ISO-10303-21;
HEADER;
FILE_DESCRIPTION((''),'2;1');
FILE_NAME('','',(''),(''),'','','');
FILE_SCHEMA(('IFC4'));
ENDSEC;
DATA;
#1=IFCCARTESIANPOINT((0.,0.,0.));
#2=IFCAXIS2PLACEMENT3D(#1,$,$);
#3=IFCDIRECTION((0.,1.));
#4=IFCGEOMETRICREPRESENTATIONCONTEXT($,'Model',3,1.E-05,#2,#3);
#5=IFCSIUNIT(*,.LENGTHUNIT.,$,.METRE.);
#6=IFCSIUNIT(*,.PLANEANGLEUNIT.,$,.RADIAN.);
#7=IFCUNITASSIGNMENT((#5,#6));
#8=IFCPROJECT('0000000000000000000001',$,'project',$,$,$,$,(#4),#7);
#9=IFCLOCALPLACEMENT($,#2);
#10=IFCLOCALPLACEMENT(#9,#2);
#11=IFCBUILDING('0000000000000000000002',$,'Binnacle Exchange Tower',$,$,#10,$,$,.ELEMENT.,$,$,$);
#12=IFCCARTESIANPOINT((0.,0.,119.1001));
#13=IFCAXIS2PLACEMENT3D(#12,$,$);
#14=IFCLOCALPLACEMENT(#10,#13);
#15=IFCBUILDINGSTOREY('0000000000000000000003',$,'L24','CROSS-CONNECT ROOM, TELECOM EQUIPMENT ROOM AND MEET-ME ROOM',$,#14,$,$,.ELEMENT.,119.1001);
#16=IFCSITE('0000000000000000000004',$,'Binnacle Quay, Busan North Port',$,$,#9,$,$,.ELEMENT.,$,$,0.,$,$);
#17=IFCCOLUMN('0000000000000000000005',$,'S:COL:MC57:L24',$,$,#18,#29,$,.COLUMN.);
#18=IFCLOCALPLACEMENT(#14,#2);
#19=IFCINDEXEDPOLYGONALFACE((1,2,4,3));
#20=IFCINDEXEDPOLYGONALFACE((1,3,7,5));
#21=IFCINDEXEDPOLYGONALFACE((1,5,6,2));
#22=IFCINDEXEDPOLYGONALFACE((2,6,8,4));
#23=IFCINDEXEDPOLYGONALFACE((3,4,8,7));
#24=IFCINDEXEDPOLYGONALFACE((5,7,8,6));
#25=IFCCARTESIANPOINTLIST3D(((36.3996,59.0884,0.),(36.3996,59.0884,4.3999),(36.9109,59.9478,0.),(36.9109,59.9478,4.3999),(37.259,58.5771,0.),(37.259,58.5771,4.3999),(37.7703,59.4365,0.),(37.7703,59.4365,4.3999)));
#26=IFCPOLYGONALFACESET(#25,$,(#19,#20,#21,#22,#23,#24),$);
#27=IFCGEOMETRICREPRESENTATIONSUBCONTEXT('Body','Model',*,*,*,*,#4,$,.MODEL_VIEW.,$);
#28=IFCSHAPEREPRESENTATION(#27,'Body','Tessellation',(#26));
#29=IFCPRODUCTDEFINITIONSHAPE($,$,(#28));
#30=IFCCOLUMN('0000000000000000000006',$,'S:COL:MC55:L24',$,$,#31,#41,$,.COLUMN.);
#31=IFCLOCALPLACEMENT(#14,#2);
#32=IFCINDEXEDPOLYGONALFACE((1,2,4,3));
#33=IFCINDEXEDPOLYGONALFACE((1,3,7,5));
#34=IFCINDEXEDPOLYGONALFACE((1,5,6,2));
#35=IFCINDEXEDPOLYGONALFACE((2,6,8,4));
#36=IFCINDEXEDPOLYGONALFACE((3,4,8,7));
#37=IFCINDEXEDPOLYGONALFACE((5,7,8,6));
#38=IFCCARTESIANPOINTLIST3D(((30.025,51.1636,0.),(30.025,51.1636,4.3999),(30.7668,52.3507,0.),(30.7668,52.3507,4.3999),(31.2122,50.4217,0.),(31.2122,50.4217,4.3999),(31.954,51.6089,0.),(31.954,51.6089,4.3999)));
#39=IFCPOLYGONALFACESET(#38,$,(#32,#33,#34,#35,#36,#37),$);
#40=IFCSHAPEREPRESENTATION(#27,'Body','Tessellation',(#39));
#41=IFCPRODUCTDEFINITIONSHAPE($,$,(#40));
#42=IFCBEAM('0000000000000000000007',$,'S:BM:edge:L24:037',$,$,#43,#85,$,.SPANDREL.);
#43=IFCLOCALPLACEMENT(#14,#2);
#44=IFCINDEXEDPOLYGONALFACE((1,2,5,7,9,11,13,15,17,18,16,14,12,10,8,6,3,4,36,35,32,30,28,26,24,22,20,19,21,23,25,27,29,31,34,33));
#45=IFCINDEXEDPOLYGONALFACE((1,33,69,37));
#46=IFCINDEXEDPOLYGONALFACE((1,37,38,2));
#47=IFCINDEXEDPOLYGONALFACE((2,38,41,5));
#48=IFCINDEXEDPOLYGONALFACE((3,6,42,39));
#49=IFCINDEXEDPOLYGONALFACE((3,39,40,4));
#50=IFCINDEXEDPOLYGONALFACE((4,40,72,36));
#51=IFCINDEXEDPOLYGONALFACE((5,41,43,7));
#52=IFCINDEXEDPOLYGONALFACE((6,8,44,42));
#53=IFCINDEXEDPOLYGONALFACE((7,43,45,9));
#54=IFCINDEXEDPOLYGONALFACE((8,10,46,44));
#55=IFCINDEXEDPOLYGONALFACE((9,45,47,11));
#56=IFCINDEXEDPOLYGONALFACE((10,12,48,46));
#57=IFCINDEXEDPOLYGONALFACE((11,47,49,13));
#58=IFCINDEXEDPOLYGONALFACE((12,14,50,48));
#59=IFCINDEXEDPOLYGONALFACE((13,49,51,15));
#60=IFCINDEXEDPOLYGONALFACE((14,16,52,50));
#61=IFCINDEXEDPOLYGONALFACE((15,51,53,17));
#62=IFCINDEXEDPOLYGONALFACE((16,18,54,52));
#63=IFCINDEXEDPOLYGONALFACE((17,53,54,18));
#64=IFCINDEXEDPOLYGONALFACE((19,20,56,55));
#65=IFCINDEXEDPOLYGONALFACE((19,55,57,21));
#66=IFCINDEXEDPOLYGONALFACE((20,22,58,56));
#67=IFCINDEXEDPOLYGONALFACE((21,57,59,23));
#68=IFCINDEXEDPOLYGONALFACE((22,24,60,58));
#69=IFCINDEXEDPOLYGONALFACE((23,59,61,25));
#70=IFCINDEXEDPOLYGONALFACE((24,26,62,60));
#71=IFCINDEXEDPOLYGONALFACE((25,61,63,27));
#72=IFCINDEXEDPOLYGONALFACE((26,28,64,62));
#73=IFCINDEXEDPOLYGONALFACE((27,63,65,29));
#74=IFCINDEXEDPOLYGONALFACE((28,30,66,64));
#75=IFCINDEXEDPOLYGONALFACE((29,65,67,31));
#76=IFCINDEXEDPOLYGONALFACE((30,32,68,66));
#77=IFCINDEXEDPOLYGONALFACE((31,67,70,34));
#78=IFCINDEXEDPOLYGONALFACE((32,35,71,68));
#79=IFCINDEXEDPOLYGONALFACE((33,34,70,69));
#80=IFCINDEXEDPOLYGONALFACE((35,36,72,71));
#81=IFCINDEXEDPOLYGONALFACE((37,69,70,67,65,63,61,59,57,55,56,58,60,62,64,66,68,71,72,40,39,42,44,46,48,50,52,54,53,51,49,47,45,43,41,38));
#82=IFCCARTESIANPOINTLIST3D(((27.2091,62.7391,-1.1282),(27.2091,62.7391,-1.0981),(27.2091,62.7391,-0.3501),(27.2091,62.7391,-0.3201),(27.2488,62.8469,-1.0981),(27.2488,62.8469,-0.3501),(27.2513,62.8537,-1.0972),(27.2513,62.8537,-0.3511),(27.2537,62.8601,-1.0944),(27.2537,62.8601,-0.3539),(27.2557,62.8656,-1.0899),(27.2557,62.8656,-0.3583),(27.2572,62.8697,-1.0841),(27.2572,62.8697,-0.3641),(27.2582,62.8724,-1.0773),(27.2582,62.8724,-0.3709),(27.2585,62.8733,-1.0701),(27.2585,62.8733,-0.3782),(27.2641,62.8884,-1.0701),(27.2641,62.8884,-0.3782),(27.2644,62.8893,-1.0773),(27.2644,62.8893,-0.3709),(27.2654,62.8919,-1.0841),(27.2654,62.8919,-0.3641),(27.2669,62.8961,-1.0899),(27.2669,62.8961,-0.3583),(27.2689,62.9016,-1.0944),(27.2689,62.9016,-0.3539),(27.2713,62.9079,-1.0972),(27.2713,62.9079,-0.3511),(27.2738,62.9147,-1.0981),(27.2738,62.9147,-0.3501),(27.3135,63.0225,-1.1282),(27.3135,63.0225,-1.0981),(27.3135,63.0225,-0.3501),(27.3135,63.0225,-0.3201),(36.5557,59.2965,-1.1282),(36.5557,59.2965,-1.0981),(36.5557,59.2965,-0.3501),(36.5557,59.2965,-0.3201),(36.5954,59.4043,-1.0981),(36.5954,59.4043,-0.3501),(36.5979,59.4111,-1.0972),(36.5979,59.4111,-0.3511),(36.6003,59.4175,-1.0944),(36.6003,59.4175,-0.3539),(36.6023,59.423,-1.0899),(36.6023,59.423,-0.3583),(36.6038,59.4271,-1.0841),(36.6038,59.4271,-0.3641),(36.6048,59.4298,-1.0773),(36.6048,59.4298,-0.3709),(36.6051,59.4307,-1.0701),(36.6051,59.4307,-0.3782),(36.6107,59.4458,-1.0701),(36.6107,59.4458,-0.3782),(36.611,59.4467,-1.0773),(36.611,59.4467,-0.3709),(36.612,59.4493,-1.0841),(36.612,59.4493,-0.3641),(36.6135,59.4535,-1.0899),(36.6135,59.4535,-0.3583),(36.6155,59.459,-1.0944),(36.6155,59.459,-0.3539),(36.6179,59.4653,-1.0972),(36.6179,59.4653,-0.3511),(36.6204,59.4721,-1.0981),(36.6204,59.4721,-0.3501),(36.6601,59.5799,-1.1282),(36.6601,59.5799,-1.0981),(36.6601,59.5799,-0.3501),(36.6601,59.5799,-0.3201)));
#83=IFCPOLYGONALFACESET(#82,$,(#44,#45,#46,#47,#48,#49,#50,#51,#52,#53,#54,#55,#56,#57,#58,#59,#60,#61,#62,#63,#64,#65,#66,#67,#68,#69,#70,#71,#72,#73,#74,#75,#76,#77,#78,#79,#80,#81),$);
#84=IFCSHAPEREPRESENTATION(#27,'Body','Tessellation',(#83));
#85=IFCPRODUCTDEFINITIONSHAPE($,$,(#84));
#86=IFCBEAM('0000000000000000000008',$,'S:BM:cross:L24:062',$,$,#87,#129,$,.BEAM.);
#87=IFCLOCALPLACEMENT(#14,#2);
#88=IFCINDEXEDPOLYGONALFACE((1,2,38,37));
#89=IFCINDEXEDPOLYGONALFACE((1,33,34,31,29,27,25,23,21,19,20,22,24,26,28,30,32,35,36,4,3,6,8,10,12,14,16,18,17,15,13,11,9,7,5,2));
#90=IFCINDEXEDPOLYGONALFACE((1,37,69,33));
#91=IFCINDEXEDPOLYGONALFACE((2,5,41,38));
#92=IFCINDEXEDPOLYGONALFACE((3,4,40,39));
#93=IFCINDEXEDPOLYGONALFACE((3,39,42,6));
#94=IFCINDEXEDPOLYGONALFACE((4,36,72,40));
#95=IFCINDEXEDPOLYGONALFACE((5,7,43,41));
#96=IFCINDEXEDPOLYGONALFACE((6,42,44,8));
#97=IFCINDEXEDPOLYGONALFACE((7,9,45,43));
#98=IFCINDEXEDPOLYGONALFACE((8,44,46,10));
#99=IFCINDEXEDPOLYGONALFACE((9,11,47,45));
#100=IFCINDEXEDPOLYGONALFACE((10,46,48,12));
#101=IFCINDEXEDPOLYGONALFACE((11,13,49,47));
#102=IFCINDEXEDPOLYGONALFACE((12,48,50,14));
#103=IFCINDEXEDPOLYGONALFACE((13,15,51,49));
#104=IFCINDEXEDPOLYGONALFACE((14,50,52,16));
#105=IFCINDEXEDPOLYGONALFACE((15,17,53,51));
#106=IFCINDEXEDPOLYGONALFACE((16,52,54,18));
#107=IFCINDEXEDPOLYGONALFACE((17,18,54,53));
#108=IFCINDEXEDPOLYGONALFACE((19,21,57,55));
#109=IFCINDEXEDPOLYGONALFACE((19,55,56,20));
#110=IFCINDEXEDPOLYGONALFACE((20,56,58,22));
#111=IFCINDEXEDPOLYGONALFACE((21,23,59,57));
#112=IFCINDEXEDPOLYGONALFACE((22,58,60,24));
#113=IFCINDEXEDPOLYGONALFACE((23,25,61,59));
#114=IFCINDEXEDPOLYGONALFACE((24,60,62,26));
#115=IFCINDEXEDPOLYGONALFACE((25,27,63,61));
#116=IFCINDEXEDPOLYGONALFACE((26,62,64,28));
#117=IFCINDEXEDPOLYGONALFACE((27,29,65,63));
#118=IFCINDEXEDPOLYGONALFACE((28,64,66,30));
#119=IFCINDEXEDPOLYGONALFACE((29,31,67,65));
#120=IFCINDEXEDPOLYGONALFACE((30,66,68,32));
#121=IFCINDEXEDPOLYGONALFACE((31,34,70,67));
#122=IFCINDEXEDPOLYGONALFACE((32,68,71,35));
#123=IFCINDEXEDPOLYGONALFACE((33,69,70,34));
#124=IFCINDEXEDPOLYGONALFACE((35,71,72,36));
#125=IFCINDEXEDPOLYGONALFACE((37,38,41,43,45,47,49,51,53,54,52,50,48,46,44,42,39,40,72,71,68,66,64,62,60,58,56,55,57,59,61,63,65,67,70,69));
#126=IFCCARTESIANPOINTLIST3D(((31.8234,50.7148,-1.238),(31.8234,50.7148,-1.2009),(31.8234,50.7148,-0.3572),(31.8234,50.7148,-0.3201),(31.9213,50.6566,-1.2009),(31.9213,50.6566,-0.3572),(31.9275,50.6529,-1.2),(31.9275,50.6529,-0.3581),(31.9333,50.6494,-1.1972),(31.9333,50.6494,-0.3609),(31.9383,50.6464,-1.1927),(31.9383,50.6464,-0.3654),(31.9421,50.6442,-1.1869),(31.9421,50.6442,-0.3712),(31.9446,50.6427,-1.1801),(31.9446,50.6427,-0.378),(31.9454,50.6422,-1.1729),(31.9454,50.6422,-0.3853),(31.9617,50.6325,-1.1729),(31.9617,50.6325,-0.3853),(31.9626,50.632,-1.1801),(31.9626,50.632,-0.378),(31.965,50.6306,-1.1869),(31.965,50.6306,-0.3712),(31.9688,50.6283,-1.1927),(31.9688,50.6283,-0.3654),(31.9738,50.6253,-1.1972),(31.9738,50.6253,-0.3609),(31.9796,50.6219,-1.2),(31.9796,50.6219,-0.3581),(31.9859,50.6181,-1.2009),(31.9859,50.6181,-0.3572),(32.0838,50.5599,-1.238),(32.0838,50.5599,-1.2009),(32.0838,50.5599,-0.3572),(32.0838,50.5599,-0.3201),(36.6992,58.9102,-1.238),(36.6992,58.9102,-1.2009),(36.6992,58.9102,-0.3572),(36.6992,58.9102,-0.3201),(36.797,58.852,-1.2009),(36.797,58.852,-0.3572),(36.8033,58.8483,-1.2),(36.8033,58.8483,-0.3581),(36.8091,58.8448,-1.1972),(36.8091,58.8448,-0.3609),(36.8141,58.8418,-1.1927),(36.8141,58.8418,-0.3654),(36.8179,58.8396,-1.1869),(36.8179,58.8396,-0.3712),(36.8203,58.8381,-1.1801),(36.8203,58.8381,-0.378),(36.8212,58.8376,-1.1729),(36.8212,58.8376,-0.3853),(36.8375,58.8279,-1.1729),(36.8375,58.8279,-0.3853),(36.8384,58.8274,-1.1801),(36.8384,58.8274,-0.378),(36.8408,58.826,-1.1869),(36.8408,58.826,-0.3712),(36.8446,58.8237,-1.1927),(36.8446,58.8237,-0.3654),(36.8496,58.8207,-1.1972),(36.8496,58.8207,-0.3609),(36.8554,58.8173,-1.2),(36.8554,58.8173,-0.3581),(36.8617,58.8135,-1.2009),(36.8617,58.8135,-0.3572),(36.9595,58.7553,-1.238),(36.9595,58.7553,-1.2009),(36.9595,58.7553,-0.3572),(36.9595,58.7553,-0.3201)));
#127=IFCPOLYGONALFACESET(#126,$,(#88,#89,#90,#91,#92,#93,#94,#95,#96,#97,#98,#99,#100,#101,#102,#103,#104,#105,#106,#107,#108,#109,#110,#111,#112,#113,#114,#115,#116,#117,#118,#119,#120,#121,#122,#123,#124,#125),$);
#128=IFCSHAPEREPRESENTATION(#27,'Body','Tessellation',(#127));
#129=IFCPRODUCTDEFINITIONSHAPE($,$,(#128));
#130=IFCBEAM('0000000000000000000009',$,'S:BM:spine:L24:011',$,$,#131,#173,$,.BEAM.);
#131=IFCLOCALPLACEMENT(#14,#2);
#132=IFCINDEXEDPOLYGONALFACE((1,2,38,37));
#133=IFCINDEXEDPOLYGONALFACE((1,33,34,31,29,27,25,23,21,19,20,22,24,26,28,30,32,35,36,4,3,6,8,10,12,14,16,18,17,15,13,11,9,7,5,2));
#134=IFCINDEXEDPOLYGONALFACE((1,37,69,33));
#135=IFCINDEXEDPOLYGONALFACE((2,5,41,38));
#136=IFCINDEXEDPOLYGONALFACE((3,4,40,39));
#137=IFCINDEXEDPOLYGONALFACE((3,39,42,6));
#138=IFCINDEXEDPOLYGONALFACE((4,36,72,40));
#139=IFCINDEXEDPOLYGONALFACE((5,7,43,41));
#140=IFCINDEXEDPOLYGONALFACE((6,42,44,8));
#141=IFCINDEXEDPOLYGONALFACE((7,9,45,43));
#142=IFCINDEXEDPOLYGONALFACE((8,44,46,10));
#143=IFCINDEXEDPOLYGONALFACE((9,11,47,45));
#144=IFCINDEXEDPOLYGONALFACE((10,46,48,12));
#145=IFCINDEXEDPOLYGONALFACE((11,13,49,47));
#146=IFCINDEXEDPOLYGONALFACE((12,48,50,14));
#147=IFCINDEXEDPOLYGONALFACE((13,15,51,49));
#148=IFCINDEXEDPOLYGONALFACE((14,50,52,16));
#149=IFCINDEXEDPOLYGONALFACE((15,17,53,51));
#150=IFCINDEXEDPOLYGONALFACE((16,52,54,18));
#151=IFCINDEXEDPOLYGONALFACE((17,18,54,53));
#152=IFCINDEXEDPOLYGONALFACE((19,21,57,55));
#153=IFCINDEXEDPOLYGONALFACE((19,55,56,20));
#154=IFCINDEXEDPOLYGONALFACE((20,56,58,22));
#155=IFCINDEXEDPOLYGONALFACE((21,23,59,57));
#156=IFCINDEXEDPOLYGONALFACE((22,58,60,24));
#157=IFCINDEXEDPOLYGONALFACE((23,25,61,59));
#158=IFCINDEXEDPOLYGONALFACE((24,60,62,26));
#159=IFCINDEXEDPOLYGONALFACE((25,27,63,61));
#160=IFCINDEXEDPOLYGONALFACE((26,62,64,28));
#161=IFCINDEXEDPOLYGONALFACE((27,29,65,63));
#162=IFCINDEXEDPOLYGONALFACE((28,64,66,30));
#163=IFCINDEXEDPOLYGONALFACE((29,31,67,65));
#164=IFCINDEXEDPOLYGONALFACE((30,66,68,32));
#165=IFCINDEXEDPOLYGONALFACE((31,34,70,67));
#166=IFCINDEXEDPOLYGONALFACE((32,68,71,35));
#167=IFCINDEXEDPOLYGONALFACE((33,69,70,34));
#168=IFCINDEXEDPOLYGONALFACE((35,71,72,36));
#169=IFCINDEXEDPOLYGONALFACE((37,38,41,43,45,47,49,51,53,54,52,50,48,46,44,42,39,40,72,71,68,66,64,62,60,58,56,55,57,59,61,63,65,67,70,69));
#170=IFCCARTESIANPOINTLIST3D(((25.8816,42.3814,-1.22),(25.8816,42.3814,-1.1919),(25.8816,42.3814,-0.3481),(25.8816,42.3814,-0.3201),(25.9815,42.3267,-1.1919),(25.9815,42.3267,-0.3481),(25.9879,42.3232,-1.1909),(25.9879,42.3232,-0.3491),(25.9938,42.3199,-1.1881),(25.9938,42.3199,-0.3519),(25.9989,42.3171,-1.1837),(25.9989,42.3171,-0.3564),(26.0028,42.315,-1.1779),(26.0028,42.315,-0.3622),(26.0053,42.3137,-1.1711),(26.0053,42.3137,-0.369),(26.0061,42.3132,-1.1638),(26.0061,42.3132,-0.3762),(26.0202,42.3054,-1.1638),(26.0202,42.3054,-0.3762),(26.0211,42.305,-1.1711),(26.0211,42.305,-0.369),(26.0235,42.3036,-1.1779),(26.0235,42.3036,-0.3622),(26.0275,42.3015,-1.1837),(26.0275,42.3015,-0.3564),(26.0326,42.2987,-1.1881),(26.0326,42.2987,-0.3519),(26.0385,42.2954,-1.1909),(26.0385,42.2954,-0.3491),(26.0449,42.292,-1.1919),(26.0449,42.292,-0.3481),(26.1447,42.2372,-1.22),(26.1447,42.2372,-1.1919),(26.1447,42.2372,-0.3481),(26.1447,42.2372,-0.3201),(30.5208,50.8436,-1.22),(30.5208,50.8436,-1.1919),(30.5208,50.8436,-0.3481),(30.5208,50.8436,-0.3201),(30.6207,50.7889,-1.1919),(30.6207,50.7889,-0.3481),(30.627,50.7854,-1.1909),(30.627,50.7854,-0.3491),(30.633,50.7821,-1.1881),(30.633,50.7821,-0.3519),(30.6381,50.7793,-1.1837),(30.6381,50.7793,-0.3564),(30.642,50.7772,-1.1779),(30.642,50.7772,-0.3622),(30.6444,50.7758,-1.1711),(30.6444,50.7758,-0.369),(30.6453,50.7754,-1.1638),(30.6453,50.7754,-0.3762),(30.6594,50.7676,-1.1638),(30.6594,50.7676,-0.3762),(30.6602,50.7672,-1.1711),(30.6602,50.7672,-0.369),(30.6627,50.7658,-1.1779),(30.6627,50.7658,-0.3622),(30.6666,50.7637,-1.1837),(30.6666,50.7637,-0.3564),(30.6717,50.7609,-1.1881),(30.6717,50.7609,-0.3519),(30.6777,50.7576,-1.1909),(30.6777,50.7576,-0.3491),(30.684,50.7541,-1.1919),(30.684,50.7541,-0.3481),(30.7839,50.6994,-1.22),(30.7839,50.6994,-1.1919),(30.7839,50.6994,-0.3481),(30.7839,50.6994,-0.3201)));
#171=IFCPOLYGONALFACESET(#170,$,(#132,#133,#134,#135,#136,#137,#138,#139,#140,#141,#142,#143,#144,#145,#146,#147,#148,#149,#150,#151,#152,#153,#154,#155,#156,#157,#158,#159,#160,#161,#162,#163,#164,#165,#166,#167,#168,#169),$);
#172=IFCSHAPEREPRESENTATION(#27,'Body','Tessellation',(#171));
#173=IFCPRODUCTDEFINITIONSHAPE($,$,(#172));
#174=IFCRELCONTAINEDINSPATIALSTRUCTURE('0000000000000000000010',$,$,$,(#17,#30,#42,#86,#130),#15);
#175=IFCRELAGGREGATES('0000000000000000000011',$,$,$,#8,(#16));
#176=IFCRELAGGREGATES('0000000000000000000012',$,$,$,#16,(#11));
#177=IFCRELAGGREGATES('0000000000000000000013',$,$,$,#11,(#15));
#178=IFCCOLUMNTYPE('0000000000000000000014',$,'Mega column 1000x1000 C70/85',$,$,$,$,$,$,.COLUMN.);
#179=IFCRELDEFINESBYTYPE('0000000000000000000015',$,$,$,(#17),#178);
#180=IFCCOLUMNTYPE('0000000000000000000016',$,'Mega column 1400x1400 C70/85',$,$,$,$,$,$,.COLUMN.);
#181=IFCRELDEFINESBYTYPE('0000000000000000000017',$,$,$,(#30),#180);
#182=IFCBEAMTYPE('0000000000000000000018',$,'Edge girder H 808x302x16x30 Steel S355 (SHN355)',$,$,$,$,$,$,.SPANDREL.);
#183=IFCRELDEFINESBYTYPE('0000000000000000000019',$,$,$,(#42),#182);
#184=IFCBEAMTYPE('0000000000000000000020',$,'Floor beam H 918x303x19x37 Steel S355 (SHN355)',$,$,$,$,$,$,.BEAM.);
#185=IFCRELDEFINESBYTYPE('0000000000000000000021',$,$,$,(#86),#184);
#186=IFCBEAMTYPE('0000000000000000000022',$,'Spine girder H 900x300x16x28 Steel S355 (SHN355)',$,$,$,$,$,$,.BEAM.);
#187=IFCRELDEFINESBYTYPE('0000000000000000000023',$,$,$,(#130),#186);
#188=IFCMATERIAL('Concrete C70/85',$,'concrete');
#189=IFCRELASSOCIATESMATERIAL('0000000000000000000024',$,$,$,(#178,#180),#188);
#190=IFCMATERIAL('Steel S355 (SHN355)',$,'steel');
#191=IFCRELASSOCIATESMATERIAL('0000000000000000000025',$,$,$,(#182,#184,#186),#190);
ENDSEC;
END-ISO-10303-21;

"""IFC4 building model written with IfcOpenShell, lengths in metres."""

from ifc_helpers import new_model, si_unit, direction, frame, origin, origin_2d, place, context, subcontext, project, spatial, rectangle, i_section, extrude, material, material_profile, profile_set, type_object, element, save


model = new_model("IFC4")

# Units and contexts
model_context = context("Model", 3, precision=1e-05, world=origin(), true_north=direction((0.0, 1.0)))
body_context = subcontext(model_context, "Body", "Model", "MODEL_VIEW")
ifc_project = project(units=[si_unit("LENGTHUNIT", "METRE"), si_unit("PLANEANGLEUNIT", "RADIAN")], contexts=[model_context])

# Site, building, storey
site_placement = place(None, origin())
site = spatial("IfcSite", under=ifc_project, at=site_placement, Name="Binnacle Quay, Busan North Port", CompositionType="ELEMENT", RefElevation=0.0)
building_placement = place(site_placement, origin())
building = spatial("IfcBuilding", under=site, at=building_placement, Name="Binnacle Exchange Tower", CompositionType="ELEMENT")
storey_placement = place(building_placement, frame((0.0, 0.0, 119.1001)))
storey = spatial("IfcBuildingStorey", under=building, at=storey_placement, Name="L24", Description="CROSS-CONNECT ROOM, TELECOM EQUIPMENT ROOM AND MEET-ME ROOM", CompositionType="ELEMENT", Elevation=119.1001)

# Columns
ifc_material_1 = material(Name="Concrete C70/85", Category="concrete")
ifc_material_profile_1 = material_profile(ifc_material_1, rectangle(XDim=1.0, YDim=1.0, at=origin_2d()), Name="Mega column 1000x1000 C70/85")
ifc_profile_set_1 = profile_set([ifc_material_profile_1], Name="Concrete C70/85")
column_type_1 = type_object("IfcColumnType", Name="Mega column 1000x1000 C70/85", PredefinedType="COLUMN", material=ifc_profile_set_1)
column_1_placement = place(storey_placement, frame((37.085, 59.2625, 0.0), z_axis=(0.0, 0.0, 1.0), x_axis=(-0.859406, 0.511293, 0.0)))
element("IfcColumn", 1, at=column_1_placement, inside=storey, type_object=column_type_1, Name="S:COL:MC57:L24", PredefinedType="COLUMN", context=body_context, shape_type="SweptSolid", body=[
    extrude(rectangle(XDim=1.0, YDim=1.0, at=origin_2d()), origin(), (0.0, 0.0, 1.0), 4.3999),
])
ifc_material_profile_2 = material_profile(ifc_material_1, rectangle(XDim=1.3999, YDim=1.3999, at=origin_2d()), Name="Mega column 1400x1400 C70/85")
ifc_profile_set_2 = profile_set([ifc_material_profile_2], Name="Concrete C70/85")
column_type_2 = type_object("IfcColumnType", Name="Mega column 1400x1400 C70/85", PredefinedType="COLUMN", material=ifc_profile_set_2)
column_2_placement = place(storey_placement, frame((30.9895, 51.3862, 0.0), z_axis=(0.0, 0.0, 1.0), x_axis=(0.529919, 0.848048, 0.0)))
element("IfcColumn", 2, at=column_2_placement, inside=storey, type_object=column_type_2, Name="S:COL:MC55:L24", PredefinedType="COLUMN", context=body_context, shape_type="SweptSolid", body=[
    extrude(rectangle(XDim=1.3999, YDim=1.3999, at=origin_2d()), origin(), (0.0, 0.0, 1.0), 4.3999),
])

# Beams
ifc_material_2 = material(Name="Steel S355 (SHN355)", Category="steel")
ifc_material_profile_3 = material_profile(ifc_material_2, i_section(OverallWidth=0.302, OverallDepth=0.8081, WebThickness=0.0161, FlangeThickness=0.03, FilletRadius=0.0281, at=origin_2d()), Name="H 808x302x16x30")
ifc_profile_set_3 = profile_set([ifc_material_profile_3], Name="Steel S355 (SHN355)")
beam_type_1 = type_object("IfcBeamType", Name="Edge girder H 808x302x16x30 Steel S355 (SHN355)", PredefinedType="SPANDREL", material=ifc_profile_set_3)
beam_1_placement = place(storey_placement, frame((36.6079, 59.4382, -0.7241), z_axis=(-0.938372, 0.345627, 0.0), x_axis=(-0.345627, -0.938372, 0.0)))
element("IfcBeam", 3, at=beam_1_placement, inside=storey, type_object=beam_type_1, Name="S:BM:edge:L24:037", PredefinedType="SPANDREL", context=body_context, shape_type="SweptSolid", body=[
    extrude(i_section(OverallWidth=0.302, OverallDepth=0.8081, WebThickness=0.0161, FlangeThickness=0.03, FilletRadius=0.0281, at=origin_2d()), origin(), (0.0, 0.0, 1.0), 9.9604),
])
ifc_material_profile_4 = material_profile(ifc_material_2, i_section(OverallWidth=0.303, OverallDepth=0.918, WebThickness=0.019, FlangeThickness=0.0371, FilletRadius=0.0281, at=origin_2d()), Name="H 918x303x19x37")
ifc_profile_set_4 = profile_set([ifc_material_profile_4], Name="Steel S355 (SHN355)")
beam_type_2 = type_object("IfcBeamType", Name="Floor beam H 918x303x19x37 Steel S355 (SHN355)", PredefinedType="BEAM", material=ifc_profile_set_4)
beam_2_placement = place(storey_placement, frame((36.8293, 58.8328, -0.7791), z_axis=(-0.511296, -0.859405, 0.0), x_axis=(0.859405, -0.511296, 0.0)))
element("IfcBeam", 4, at=beam_2_placement, inside=storey, type_object=beam_type_2, Name="S:BM:cross:L24:062", PredefinedType="BEAM", context=body_context, shape_type="SweptSolid", body=[
    extrude(i_section(OverallWidth=0.303, OverallDepth=0.918, WebThickness=0.019, FlangeThickness=0.0371, FilletRadius=0.0281, at=origin_2d()), origin(), (0.0, 0.0, 1.0), 9.5361),
])
ifc_material_profile_5 = material_profile(ifc_material_2, i_section(OverallWidth=0.3, OverallDepth=0.8999, WebThickness=0.0161, FlangeThickness=0.0281, FilletRadius=0.0281, at=origin_2d()), Name="H 900x300x16x28")
ifc_profile_set_5 = profile_set([ifc_material_profile_5], Name="Steel S355 (SHN355)")
beam_type_3 = type_object("IfcBeamType", Name="Spine girder H 900x300x16x28 Steel S355 (SHN355)", PredefinedType="BEAM", material=ifc_profile_set_5)
beam_3_placement = place(storey_placement, frame((30.6523, 50.7715, -0.77), z_axis=(-0.480723, -0.876873, 0.0), x_axis=(0.876873, -0.480723, 0.0)))
element("IfcBeam", 5, at=beam_3_placement, inside=storey, type_object=beam_type_3, Name="S:BM:spine:L24:011", PredefinedType="BEAM", context=body_context, shape_type="SweptSolid", body=[
    extrude(i_section(OverallWidth=0.3, OverallDepth=0.8999, WebThickness=0.0161, FlangeThickness=0.0281, FilletRadius=0.0281, at=origin_2d()), origin(), (0.0, 0.0, 1.0), 9.6504),
])

save(model, "model.ifc")
